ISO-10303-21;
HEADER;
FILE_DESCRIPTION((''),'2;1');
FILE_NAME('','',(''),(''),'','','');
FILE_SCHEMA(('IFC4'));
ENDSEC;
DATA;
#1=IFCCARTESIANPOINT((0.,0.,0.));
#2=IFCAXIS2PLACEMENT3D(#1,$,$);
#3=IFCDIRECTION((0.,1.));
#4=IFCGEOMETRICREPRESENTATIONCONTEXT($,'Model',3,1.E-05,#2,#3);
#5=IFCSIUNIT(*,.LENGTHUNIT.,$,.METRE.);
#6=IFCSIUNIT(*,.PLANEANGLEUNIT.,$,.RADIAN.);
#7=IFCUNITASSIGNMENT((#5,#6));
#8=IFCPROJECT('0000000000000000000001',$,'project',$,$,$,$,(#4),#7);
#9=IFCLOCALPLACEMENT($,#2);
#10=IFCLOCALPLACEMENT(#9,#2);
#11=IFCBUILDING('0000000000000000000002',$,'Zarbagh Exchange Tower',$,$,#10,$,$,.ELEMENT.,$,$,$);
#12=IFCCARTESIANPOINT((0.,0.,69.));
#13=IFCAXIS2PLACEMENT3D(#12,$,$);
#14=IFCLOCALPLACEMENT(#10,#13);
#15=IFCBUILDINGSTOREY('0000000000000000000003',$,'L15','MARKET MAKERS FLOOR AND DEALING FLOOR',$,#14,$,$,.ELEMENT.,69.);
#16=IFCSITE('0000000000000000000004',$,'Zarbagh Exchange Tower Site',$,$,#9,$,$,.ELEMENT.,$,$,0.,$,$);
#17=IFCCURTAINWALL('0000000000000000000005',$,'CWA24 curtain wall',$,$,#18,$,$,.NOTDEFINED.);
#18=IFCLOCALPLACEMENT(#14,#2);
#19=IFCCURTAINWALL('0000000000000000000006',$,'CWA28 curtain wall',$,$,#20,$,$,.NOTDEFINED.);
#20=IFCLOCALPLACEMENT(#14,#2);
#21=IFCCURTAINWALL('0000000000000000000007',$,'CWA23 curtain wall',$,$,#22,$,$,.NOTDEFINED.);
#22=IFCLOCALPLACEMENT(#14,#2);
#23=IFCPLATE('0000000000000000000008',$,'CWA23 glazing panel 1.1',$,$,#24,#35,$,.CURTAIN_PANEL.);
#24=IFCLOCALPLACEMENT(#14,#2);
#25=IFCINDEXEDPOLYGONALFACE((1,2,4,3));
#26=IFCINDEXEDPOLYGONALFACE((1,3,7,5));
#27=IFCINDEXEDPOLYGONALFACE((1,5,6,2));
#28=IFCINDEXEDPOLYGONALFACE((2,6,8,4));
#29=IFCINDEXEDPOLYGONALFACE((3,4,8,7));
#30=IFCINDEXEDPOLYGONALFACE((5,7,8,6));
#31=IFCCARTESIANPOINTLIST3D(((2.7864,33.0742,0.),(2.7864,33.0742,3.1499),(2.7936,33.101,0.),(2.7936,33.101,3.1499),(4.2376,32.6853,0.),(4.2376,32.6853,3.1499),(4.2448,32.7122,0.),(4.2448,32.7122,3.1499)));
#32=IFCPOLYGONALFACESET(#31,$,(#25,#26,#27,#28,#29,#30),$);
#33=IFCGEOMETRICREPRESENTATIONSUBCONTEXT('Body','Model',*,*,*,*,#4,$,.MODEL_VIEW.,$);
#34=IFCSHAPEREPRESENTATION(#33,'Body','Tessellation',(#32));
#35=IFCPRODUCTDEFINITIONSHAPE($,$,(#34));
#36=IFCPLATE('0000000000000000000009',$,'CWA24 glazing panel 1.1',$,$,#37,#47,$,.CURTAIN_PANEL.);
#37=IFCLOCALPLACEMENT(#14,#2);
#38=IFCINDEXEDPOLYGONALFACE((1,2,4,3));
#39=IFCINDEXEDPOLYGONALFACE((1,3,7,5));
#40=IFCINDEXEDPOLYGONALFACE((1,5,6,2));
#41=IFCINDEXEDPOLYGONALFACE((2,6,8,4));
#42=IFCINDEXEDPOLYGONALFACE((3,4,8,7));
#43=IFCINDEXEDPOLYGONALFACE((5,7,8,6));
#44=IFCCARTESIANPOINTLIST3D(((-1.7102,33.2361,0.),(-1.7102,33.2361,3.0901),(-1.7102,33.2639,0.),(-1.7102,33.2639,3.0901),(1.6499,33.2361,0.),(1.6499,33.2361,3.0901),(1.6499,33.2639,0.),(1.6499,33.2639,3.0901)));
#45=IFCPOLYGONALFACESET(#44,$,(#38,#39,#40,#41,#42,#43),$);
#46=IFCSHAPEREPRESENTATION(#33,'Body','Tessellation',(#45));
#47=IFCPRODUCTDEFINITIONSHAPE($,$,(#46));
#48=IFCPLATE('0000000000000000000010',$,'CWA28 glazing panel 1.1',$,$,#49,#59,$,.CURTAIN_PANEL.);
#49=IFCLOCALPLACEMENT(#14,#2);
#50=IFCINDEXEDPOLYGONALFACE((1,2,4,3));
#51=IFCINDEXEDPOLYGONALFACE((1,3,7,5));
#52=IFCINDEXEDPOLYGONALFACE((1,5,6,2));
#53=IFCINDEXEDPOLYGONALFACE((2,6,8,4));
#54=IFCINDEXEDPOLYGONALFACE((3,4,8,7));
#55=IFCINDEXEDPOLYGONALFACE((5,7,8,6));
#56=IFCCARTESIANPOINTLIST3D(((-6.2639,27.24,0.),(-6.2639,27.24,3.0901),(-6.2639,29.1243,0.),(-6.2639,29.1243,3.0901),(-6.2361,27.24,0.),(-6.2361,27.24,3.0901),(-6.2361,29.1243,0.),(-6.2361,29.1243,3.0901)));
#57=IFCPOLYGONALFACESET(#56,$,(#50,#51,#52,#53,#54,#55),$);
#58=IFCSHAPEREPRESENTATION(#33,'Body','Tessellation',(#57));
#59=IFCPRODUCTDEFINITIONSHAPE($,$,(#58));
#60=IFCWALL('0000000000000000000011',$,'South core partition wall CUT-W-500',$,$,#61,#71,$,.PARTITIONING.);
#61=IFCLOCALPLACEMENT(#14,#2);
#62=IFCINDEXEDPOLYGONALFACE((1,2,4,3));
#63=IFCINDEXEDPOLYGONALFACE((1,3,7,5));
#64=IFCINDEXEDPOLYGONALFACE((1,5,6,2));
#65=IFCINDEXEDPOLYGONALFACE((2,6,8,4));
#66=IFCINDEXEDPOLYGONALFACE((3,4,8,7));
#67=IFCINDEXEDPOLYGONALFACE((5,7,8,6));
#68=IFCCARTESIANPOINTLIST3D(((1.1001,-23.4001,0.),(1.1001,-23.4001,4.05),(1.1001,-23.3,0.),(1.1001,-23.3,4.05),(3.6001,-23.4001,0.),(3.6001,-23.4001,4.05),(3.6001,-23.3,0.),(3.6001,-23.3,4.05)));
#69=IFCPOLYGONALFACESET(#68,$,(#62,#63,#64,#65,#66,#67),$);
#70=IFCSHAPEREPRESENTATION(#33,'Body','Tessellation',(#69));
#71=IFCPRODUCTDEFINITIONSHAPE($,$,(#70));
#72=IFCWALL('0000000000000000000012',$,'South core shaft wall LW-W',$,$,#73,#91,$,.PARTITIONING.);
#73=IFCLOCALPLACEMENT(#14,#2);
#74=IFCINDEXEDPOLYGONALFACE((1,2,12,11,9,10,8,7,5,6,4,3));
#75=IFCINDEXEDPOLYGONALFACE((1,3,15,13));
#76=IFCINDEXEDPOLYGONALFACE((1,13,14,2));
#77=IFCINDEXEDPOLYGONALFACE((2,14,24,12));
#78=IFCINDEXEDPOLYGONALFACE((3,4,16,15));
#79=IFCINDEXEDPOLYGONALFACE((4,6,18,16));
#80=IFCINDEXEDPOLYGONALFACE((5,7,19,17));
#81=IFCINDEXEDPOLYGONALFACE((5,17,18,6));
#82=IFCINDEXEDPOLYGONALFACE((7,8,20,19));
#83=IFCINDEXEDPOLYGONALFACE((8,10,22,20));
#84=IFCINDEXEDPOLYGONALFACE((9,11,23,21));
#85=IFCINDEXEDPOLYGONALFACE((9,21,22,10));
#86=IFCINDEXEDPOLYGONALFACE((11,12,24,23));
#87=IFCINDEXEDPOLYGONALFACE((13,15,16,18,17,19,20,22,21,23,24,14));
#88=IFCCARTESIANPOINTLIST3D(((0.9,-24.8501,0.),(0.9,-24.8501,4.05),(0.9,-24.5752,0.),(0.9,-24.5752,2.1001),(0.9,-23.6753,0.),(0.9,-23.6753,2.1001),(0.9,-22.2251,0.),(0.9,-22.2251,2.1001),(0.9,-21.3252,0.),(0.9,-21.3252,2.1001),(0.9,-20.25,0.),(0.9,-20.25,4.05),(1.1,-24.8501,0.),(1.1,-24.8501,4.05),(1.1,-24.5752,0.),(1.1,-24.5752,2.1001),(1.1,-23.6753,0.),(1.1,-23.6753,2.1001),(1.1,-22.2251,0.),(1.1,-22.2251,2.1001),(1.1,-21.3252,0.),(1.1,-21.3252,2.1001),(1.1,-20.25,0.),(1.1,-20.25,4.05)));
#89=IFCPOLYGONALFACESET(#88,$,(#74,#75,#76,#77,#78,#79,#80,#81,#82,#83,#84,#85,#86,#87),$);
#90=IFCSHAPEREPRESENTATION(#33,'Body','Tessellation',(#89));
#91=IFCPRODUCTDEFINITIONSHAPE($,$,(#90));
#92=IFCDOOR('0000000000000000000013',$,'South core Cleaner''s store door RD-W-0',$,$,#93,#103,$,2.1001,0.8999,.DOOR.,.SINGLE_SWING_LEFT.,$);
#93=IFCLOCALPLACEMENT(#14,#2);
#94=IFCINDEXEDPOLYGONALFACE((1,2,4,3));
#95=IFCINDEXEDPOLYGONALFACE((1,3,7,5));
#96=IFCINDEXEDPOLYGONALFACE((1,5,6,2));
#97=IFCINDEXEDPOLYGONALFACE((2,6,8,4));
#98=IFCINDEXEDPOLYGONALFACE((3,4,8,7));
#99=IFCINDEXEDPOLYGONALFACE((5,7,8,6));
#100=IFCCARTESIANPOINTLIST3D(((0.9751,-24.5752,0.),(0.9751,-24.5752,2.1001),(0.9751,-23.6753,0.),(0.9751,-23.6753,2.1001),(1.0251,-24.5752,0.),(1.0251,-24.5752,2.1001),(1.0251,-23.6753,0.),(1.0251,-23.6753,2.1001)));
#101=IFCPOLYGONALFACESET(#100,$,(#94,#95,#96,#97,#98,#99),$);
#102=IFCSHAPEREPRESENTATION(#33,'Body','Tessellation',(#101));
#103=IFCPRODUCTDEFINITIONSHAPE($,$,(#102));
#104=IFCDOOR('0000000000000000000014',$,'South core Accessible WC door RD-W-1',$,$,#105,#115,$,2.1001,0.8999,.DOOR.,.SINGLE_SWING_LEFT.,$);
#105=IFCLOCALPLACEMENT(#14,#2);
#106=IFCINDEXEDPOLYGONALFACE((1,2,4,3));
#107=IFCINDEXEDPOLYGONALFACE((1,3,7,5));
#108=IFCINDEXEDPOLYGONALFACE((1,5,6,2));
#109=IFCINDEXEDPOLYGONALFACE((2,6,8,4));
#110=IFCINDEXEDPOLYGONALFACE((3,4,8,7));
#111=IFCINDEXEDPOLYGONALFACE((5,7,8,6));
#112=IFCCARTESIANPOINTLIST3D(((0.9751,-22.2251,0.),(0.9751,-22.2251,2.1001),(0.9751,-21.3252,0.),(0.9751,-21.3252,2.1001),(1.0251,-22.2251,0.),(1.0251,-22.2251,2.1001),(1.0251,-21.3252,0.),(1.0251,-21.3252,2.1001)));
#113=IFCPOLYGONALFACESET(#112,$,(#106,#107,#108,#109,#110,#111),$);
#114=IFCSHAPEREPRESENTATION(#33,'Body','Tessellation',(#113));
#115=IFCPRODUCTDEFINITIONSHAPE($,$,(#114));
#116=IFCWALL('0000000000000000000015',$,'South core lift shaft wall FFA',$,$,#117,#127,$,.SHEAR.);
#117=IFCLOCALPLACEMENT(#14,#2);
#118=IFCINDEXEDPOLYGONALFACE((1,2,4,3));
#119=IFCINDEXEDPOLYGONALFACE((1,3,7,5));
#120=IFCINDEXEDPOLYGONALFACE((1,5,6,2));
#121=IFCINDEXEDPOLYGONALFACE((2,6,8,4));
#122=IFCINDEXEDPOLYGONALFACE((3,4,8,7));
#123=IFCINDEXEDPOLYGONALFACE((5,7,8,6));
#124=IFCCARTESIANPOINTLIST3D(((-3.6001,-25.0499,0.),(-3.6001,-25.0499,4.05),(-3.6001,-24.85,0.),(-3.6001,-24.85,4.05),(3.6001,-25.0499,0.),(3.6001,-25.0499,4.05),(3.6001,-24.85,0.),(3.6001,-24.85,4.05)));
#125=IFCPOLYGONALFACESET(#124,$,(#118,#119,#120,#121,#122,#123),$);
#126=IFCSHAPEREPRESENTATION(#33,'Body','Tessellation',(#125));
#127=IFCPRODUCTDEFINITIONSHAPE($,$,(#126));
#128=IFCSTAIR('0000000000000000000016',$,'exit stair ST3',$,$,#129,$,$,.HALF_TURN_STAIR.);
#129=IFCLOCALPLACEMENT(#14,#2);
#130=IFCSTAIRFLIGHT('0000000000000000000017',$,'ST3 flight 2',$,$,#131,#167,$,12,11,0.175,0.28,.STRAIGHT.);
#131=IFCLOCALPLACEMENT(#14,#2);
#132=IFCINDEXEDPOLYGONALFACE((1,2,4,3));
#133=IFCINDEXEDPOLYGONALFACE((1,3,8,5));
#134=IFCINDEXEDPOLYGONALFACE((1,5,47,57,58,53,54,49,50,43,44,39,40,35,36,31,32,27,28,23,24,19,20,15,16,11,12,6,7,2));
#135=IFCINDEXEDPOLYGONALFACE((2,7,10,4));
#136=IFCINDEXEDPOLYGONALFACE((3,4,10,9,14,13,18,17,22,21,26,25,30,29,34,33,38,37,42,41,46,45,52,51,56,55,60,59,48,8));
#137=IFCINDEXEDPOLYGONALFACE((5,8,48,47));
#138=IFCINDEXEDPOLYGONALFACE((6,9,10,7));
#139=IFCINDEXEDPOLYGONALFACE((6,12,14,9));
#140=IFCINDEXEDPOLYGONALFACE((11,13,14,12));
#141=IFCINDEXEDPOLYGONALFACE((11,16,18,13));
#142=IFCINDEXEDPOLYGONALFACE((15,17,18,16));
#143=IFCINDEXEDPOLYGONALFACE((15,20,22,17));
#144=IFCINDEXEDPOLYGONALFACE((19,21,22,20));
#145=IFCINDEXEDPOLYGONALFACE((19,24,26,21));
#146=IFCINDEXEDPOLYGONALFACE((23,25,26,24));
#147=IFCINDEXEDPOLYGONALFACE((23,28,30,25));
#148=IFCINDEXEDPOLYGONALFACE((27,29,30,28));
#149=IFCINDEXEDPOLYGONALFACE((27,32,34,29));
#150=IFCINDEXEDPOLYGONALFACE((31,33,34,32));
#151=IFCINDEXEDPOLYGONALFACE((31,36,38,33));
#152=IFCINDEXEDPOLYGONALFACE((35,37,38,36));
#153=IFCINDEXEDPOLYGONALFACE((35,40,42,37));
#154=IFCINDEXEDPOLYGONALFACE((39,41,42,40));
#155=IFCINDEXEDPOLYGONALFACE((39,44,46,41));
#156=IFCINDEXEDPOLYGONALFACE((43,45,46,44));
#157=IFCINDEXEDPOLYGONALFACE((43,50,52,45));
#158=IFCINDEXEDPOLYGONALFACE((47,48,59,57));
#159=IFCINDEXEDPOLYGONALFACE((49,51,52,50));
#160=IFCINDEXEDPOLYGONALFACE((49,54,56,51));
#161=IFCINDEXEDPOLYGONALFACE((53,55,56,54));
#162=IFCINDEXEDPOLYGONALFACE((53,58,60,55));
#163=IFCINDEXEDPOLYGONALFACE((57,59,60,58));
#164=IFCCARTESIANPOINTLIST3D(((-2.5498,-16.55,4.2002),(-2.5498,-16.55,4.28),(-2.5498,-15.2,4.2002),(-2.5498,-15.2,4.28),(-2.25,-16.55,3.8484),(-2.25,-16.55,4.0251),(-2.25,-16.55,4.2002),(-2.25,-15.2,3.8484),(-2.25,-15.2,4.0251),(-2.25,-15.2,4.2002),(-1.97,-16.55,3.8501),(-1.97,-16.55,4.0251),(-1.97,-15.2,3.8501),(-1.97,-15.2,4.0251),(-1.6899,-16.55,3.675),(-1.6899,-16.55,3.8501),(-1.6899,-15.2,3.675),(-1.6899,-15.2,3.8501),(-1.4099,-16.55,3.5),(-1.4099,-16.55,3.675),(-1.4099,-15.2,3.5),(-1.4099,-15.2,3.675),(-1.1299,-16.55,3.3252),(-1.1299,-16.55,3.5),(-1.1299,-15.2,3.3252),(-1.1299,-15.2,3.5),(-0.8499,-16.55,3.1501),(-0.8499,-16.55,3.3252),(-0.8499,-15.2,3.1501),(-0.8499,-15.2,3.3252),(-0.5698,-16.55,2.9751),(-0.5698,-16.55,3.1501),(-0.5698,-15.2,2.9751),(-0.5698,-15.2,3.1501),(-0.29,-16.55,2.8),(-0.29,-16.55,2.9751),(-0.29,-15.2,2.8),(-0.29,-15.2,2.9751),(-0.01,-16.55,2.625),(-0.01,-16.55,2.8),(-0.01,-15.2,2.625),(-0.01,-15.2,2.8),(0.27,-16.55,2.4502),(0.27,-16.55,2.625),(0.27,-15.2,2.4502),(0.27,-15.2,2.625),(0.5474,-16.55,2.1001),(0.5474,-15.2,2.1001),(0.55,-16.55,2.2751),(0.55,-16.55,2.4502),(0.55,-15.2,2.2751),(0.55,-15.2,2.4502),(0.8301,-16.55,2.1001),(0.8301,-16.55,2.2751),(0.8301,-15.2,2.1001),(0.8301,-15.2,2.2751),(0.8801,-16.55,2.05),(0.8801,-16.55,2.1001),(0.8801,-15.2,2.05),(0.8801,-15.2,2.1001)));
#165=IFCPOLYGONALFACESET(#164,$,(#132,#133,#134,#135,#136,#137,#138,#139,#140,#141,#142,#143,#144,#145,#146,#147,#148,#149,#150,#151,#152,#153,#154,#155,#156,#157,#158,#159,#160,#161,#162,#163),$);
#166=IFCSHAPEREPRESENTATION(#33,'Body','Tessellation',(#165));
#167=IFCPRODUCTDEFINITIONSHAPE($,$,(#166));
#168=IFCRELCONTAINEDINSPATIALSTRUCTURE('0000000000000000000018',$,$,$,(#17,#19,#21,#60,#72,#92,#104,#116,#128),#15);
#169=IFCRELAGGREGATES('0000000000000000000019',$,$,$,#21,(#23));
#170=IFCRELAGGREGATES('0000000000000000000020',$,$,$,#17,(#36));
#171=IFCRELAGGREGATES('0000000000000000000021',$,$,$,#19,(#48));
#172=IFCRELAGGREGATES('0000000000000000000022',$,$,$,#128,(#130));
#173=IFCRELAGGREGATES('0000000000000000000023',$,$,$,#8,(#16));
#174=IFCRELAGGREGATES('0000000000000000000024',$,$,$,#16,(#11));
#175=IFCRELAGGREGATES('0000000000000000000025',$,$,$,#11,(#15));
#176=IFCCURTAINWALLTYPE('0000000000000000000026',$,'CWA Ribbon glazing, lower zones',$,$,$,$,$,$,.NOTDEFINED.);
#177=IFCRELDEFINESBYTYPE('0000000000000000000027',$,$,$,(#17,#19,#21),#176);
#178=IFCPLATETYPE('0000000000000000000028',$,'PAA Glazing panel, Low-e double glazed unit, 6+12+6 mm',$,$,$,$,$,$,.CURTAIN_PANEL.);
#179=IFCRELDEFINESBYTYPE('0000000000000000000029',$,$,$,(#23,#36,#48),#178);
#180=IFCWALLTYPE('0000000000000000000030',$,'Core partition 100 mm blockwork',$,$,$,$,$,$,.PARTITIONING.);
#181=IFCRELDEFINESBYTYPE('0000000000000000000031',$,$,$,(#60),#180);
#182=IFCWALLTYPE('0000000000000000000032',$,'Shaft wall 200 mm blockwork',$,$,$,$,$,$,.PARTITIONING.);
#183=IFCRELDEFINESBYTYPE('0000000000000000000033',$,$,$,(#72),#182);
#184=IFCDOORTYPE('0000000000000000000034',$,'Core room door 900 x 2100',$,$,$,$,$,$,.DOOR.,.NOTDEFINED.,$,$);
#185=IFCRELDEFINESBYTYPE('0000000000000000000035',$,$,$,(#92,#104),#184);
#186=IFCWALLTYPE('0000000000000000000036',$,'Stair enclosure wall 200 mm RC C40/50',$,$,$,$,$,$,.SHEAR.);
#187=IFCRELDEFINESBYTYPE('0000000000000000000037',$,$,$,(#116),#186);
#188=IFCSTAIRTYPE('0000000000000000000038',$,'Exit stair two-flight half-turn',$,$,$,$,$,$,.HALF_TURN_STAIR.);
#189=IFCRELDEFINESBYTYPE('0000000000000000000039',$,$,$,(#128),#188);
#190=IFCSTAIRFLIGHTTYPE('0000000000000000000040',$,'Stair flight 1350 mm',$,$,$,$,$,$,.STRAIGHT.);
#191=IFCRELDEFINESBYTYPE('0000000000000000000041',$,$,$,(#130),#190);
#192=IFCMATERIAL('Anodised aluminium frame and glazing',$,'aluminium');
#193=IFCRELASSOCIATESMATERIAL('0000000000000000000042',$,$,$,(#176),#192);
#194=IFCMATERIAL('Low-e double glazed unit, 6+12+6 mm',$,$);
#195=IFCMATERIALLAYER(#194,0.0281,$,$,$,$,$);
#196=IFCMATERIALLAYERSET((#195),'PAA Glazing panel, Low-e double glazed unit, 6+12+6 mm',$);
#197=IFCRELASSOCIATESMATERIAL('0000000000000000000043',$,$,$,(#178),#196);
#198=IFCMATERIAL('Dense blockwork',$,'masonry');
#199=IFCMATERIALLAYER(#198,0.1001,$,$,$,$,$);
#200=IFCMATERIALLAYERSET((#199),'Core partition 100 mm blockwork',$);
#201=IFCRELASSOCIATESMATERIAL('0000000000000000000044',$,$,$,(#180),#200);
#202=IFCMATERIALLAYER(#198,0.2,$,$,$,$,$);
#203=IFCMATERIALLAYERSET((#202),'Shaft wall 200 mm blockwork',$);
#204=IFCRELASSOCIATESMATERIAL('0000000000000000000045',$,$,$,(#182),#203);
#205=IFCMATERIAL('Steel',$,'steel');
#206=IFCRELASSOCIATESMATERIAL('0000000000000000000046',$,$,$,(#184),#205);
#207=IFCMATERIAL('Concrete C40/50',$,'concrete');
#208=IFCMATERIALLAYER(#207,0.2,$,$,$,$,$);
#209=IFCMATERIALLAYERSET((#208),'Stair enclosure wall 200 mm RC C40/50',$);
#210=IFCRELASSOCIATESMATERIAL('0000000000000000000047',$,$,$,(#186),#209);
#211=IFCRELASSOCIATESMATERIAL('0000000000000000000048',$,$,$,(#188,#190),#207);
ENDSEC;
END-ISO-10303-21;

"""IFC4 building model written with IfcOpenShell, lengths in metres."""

from ifc_helpers import new_model, si_unit, direction, frame, frame_2d, origin, place, context, subcontext, project, spatial, polyline, rectangle, outline, extrude, source, transform, mapped, material, layer, layer_set, type_object, element, fill, aggregate, save


model = new_model("IFC4")

# Units and contexts
model_context = context("Model", 3, precision=1e-05, world=origin(), true_north=direction((0.0, 1.0)))
body_context = subcontext(model_context, "Body", "Model", "MODEL_VIEW")
ifc_project = project(units=[si_unit("LENGTHUNIT", "METRE"), si_unit("PLANEANGLEUNIT", "RADIAN")], contexts=[model_context])

# Site, building, storey
site_placement = place(None, origin())
site = spatial("IfcSite", under=ifc_project, at=site_placement, Name="Zarbagh Exchange Tower Site", CompositionType="ELEMENT", RefElevation=0.0)
building_placement = place(site_placement, origin())
building = spatial("IfcBuilding", under=site, at=building_placement, Name="Zarbagh Exchange Tower", CompositionType="ELEMENT")
storey_placement = place(building_placement, frame((0.0, 0.0, 69.0)))
storey = spatial("IfcBuildingStorey", under=building, at=storey_placement, Name="L15", Description="MARKET MAKERS FLOOR AND DEALING FLOOR", CompositionType="ELEMENT", Elevation=69.0)

# Curtain wall
ifc_material_1 = material(Name="Anodised aluminium frame and glazing", Category="aluminium")
curtain_wall_type = type_object("IfcCurtainWallType", Name="CWA Ribbon glazing, lower zones", PredefinedType="NOTDEFINED", material=ifc_material_1)
curtain_wall_1_placement = place(storey_placement, origin())
curtain_wall_1 = element("IfcCurtainWall", 1, at=curtain_wall_1_placement, inside=storey, type_object=curtain_wall_type, Name="CWA24 curtain wall", PredefinedType="NOTDEFINED")
placement = place(storey_placement, origin())

# Curtain wall
curtain_wall_2_placement = place(storey_placement, origin())
curtain_wall_2 = element("IfcCurtainWall", 2, at=curtain_wall_2_placement, inside=storey, type_object=curtain_wall_type, Name="CWA28 curtain wall", PredefinedType="NOTDEFINED")

# Shared definitions
ifc_material_2 = material(Name="Low-e double glazed unit, 6+12+6 mm")
ifc_layer_1 = layer(ifc_material_2, 0.0281)
ifc_layer_set_1 = layer_set([ifc_layer_1], Name="PAA Glazing panel, Low-e double glazed unit, 6+12+6 mm")
plate_type = type_object("IfcPlateType", Name="PAA Glazing panel, Low-e double glazed unit, 6+12+6 mm", PredefinedType="CURTAIN_PANEL", material=ifc_layer_set_1)

# Curtain wall, plate
curtain_wall_3_placement = place(storey_placement, origin())
curtain_wall_3 = element("IfcCurtainWall", 3, at=curtain_wall_3_placement, inside=storey, type_object=curtain_wall_type, Name="CWA23 curtain wall", PredefinedType="NOTDEFINED")
shared_shape_1 = source(origin(), body_context, "Body", "SweptSolid", [
    extrude(outline(polyline([(0.0, -0.0139), (1.5024, -0.0139), (1.5024, 0.0139), (0.0, 0.0139), (0.0, -0.0139)])), origin(), (0.0, 0.0, 1.0), 3.1499),
])
plate_1 = element("IfcPlate", 4, at=placement, type_object=plate_type, Name="CWA23 glazing panel 1.1", PredefinedType="CURTAIN_PANEL", context=body_context, shape_type="MappedRepresentation", body=[
    mapped(shared_shape_1, transform((4.2412, 32.6987, 0.0), x_axis=(-0.965924, 0.258825, 0.0), y_axis=(-0.258825, -0.965924, 0.0), z_axis=(0.0, 0.0, 1.0))),
])
aggregate(curtain_wall_3, [plate_1])

# Plates
shared_shape_2 = source(origin(), body_context, "Body", "SweptSolid", [
    extrude(outline(polyline([(0.0, -0.0139), (3.3601, -0.0139), (3.3601, 0.0139), (0.0, 0.0139), (0.0, -0.0139)])), origin(), (0.0, 0.0, 1.0), 3.0901),
])
plate_2 = element("IfcPlate", 5, at=placement, type_object=plate_type, Name="CWA24 glazing panel 1.1", PredefinedType="CURTAIN_PANEL", context=body_context, shape_type="MappedRepresentation", body=[
    mapped(shared_shape_2, transform((1.6499, 33.25, 0.0), x_axis=(-1.0, 0.0, 0.0), y_axis=(0.0, -1.0, 0.0), z_axis=(0.0, 0.0, 1.0))),
])
aggregate(curtain_wall_1, [plate_2])
shared_shape_3 = source(origin(), body_context, "Body", "SweptSolid", [
    extrude(outline(polyline([(0.0, -0.0139), (1.8843, -0.0139), (1.8843, 0.0139), (0.0, 0.0139), (0.0, -0.0139)])), origin(), (0.0, 0.0, 1.0), 3.0901),
])
plate_3 = element("IfcPlate", 6, at=placement, type_object=plate_type, Name="CWA28 glazing panel 1.1", PredefinedType="CURTAIN_PANEL", context=body_context, shape_type="MappedRepresentation", body=[
    mapped(shared_shape_3, transform((-6.25, 29.1243, 0.0), x_axis=(0.0, -1.0, 0.0), y_axis=(1.0, 0.0, 0.0), z_axis=(0.0, 0.0, 1.0))),
])
aggregate(curtain_wall_2, [plate_3])

# Wall
ifc_material_3 = material(Name="Dense blockwork", Category="masonry")
ifc_layer_2 = layer(ifc_material_3, 0.1001)
ifc_layer_set_2 = layer_set([ifc_layer_2], Name="Core partition 100 mm blockwork")
wall_type_1 = type_object("IfcWallType", Name="Core partition 100 mm blockwork", PredefinedType="PARTITIONING", material=ifc_layer_set_2)
wall_1_placement = place(storey_placement, frame((3.6001, -23.3501, 0.0), z_axis=(0.0, 0.0, 1.0), x_axis=(-1.0, 0.0, 0.0)))
element("IfcWall", 7, at=wall_1_placement, inside=storey, type_object=wall_type_1, Name="South core partition wall CUT-W-500", PredefinedType="PARTITIONING", context=body_context, shape_type="SweptSolid", body=[
    extrude(rectangle(XDim=2.5, YDim=0.1001, at=frame_2d((1.25, 0.0))), origin(), (0.0, 0.0, 1.0), 4.05),
])

# Wall, openings, doors
ifc_layer_3 = layer(ifc_material_3, 0.2)
ifc_layer_set_3 = layer_set([ifc_layer_3], Name="Shaft wall 200 mm blockwork")
wall_type_2 = type_object("IfcWallType", Name="Shaft wall 200 mm blockwork", PredefinedType="PARTITIONING", material=ifc_layer_set_3)
wall_2_placement = place(storey_placement, frame((1.0, -24.8501, 0.0), z_axis=(0.0, 0.0, 1.0), x_axis=(0.0, 1.0, 0.0)))
wall_2 = element("IfcWall", 8, at=wall_2_placement, inside=storey, type_object=wall_type_2, Name="South core shaft wall LW-W", PredefinedType="PARTITIONING", context=body_context, shape_type="SweptSolid", body=[
    extrude(rectangle(XDim=4.6001, YDim=0.2, at=frame_2d((2.3, 0.0))), origin(), (0.0, 0.0, 1.0), 4.05),
])
opening_1_placement = place(wall_2_placement, frame((0.2749, 0.0, 0.0)))
opening_1 = element("IfcOpeningElement", 9, at=opening_1_placement, cuts=wall_2, PredefinedType="OPENING", context=body_context, shape_type="SweptSolid", body=[
    extrude(rectangle(XDim=0.8999, YDim=2.1001, at=frame_2d((0.45, 1.05))), frame((0.0, 0.1099, 0.0), z_axis=(0.0, -1.0, 0.0), x_axis=(1.0, 0.0, 0.0)), (0.0, 0.0, 1.0), 0.22),
])
opening_2_placement = place(wall_2_placement, frame((2.625, 0.0, 0.0)))
opening_2 = element("IfcOpeningElement", 10, at=opening_2_placement, cuts=wall_2, PredefinedType="OPENING", context=body_context, shape_type="SweptSolid", body=[
    extrude(rectangle(XDim=0.8999, YDim=2.1001, at=frame_2d((0.45, 1.05))), frame((0.0, 0.1099, 0.0), z_axis=(0.0, -1.0, 0.0), x_axis=(1.0, 0.0, 0.0)), (0.0, 0.0, 1.0), 0.22),
])
ifc_material_4 = material(Name="Steel", Category="steel")
door_type = type_object("IfcDoorType", Name="Core room door 900 x 2100", OperationType="NOTDEFINED", PredefinedType="DOOR", material=ifc_material_4)
door_1_placement = place(opening_1_placement, origin())
door_1 = element("IfcDoor", 11, at=door_1_placement, inside=storey, type_object=door_type, Name="South core Cleaner's store door RD-W-0", OperationType="SINGLE_SWING_LEFT", OverallHeight=2.1001, OverallWidth=0.8999, PredefinedType="DOOR", context=body_context, shape_type="SweptSolid", body=[
    extrude(rectangle(XDim=0.8999, YDim=2.1001, at=frame_2d((0.45, 1.05))), frame((0.0, 0.0249, 0.0), z_axis=(0.0, -1.0, 0.0), x_axis=(1.0, 0.0, 0.0)), (0.0, 0.0, 1.0), 0.05),
])
fill(opening_1, door_1)
door_2_placement = place(opening_2_placement, origin())
door_2 = element("IfcDoor", 12, at=door_2_placement, inside=storey, type_object=door_type, Name="South core Accessible WC door RD-W-1", OperationType="SINGLE_SWING_LEFT", OverallHeight=2.1001, OverallWidth=0.8999, PredefinedType="DOOR", context=body_context, shape_type="SweptSolid", body=[
    extrude(rectangle(XDim=0.8999, YDim=2.1001, at=frame_2d((0.45, 1.05))), frame((0.0, 0.0249, 0.0), z_axis=(0.0, -1.0, 0.0), x_axis=(1.0, 0.0, 0.0)), (0.0, 0.0, 1.0), 0.05),
])
fill(opening_2, door_2)

# Wall
ifc_material_5 = material(Name="Concrete C40/50", Category="concrete")
ifc_layer_4 = layer(ifc_material_5, 0.2)
ifc_layer_set_4 = layer_set([ifc_layer_4], Name="Stair enclosure wall 200 mm RC C40/50")
wall_type_3 = type_object("IfcWallType", Name="Stair enclosure wall 200 mm RC C40/50", PredefinedType="SHEAR", material=ifc_layer_set_4)
wall_3_placement = place(storey_placement, frame((3.6001, -24.95, 0.0), z_axis=(0.0, 0.0, 1.0), x_axis=(-1.0, 0.0, 0.0)))
element("IfcWall", 13, at=wall_3_placement, inside=storey, type_object=wall_type_3, Name="South core lift shaft wall FFA", PredefinedType="SHEAR", context=body_context, shape_type="SweptSolid", body=[
    extrude(rectangle(XDim=7.2002, YDim=0.2, at=frame_2d((3.6001, 0.0))), origin(), (0.0, 0.0, 1.0), 4.05),
])

# Stair, stair flight
stair_type = type_object("IfcStairType", Name="Exit stair two-flight half-turn", PredefinedType="HALF_TURN_STAIR", material=ifc_material_5)
stair_1_placement = place(storey_placement, origin())
stair_1 = element("IfcStair", 14, at=stair_1_placement, inside=storey, type_object=stair_type, Name="exit stair ST3", PredefinedType="HALF_TURN_STAIR")
stair_flight_type = type_object("IfcStairFlightType", Name="Stair flight 1350 mm", PredefinedType="STRAIGHT", material=ifc_material_5)
stair_flight_1_placement = place(storey_placement, frame((0.8301, -15.875, 2.1001), z_axis=(0.0, 0.0, 1.0), x_axis=(-1.0, 0.0, 0.0)))
stair_flight_1 = element("IfcStairFlight", 15, at=stair_flight_1_placement, type_object=stair_flight_type, Name="ST3 flight 2", NumberOfRisers=12, NumberOfTreads=11, PredefinedType="STRAIGHT", RiserHeight=0.175, TreadLength=0.28, context=body_context, shape_type="SweptSolid", body=[
    extrude(outline(polyline([(-0.05, -0.05), (-0.05, 0.0), (0.0, 0.0), (0.0, 0.175), (0.28, 0.175), (0.28, 0.3501), (0.5601, 0.3501), (0.5601, 0.5249), (0.8401, 0.5249), (0.8401, 0.7), (1.1201, 0.7), (1.1201, 0.875), (1.3999, 0.875), (1.3999, 1.05), (1.6799, 1.05), (1.6799, 1.2251), (1.96, 1.2251), (1.96, 1.3999), (2.24, 1.3999), (2.24, 1.575), (2.52, 1.575), (2.52, 1.75), (2.8, 1.75), (2.8, 1.925), (3.0801, 1.925), (3.0801, 2.1001), (3.3799, 2.1799), (3.3799, 2.1001), (3.0801, 1.7483), (0.2827, 0.0), (-0.05, -0.05)])), frame((0.0, 0.675, 0.0), z_axis=(0.0, -1.0, 0.0), x_axis=(1.0, 0.0, 0.0)), (0.0, 0.0, 1.0), 1.3501),
])
aggregate(stair_1, [stair_flight_1])

save(model, "model.ifc")
